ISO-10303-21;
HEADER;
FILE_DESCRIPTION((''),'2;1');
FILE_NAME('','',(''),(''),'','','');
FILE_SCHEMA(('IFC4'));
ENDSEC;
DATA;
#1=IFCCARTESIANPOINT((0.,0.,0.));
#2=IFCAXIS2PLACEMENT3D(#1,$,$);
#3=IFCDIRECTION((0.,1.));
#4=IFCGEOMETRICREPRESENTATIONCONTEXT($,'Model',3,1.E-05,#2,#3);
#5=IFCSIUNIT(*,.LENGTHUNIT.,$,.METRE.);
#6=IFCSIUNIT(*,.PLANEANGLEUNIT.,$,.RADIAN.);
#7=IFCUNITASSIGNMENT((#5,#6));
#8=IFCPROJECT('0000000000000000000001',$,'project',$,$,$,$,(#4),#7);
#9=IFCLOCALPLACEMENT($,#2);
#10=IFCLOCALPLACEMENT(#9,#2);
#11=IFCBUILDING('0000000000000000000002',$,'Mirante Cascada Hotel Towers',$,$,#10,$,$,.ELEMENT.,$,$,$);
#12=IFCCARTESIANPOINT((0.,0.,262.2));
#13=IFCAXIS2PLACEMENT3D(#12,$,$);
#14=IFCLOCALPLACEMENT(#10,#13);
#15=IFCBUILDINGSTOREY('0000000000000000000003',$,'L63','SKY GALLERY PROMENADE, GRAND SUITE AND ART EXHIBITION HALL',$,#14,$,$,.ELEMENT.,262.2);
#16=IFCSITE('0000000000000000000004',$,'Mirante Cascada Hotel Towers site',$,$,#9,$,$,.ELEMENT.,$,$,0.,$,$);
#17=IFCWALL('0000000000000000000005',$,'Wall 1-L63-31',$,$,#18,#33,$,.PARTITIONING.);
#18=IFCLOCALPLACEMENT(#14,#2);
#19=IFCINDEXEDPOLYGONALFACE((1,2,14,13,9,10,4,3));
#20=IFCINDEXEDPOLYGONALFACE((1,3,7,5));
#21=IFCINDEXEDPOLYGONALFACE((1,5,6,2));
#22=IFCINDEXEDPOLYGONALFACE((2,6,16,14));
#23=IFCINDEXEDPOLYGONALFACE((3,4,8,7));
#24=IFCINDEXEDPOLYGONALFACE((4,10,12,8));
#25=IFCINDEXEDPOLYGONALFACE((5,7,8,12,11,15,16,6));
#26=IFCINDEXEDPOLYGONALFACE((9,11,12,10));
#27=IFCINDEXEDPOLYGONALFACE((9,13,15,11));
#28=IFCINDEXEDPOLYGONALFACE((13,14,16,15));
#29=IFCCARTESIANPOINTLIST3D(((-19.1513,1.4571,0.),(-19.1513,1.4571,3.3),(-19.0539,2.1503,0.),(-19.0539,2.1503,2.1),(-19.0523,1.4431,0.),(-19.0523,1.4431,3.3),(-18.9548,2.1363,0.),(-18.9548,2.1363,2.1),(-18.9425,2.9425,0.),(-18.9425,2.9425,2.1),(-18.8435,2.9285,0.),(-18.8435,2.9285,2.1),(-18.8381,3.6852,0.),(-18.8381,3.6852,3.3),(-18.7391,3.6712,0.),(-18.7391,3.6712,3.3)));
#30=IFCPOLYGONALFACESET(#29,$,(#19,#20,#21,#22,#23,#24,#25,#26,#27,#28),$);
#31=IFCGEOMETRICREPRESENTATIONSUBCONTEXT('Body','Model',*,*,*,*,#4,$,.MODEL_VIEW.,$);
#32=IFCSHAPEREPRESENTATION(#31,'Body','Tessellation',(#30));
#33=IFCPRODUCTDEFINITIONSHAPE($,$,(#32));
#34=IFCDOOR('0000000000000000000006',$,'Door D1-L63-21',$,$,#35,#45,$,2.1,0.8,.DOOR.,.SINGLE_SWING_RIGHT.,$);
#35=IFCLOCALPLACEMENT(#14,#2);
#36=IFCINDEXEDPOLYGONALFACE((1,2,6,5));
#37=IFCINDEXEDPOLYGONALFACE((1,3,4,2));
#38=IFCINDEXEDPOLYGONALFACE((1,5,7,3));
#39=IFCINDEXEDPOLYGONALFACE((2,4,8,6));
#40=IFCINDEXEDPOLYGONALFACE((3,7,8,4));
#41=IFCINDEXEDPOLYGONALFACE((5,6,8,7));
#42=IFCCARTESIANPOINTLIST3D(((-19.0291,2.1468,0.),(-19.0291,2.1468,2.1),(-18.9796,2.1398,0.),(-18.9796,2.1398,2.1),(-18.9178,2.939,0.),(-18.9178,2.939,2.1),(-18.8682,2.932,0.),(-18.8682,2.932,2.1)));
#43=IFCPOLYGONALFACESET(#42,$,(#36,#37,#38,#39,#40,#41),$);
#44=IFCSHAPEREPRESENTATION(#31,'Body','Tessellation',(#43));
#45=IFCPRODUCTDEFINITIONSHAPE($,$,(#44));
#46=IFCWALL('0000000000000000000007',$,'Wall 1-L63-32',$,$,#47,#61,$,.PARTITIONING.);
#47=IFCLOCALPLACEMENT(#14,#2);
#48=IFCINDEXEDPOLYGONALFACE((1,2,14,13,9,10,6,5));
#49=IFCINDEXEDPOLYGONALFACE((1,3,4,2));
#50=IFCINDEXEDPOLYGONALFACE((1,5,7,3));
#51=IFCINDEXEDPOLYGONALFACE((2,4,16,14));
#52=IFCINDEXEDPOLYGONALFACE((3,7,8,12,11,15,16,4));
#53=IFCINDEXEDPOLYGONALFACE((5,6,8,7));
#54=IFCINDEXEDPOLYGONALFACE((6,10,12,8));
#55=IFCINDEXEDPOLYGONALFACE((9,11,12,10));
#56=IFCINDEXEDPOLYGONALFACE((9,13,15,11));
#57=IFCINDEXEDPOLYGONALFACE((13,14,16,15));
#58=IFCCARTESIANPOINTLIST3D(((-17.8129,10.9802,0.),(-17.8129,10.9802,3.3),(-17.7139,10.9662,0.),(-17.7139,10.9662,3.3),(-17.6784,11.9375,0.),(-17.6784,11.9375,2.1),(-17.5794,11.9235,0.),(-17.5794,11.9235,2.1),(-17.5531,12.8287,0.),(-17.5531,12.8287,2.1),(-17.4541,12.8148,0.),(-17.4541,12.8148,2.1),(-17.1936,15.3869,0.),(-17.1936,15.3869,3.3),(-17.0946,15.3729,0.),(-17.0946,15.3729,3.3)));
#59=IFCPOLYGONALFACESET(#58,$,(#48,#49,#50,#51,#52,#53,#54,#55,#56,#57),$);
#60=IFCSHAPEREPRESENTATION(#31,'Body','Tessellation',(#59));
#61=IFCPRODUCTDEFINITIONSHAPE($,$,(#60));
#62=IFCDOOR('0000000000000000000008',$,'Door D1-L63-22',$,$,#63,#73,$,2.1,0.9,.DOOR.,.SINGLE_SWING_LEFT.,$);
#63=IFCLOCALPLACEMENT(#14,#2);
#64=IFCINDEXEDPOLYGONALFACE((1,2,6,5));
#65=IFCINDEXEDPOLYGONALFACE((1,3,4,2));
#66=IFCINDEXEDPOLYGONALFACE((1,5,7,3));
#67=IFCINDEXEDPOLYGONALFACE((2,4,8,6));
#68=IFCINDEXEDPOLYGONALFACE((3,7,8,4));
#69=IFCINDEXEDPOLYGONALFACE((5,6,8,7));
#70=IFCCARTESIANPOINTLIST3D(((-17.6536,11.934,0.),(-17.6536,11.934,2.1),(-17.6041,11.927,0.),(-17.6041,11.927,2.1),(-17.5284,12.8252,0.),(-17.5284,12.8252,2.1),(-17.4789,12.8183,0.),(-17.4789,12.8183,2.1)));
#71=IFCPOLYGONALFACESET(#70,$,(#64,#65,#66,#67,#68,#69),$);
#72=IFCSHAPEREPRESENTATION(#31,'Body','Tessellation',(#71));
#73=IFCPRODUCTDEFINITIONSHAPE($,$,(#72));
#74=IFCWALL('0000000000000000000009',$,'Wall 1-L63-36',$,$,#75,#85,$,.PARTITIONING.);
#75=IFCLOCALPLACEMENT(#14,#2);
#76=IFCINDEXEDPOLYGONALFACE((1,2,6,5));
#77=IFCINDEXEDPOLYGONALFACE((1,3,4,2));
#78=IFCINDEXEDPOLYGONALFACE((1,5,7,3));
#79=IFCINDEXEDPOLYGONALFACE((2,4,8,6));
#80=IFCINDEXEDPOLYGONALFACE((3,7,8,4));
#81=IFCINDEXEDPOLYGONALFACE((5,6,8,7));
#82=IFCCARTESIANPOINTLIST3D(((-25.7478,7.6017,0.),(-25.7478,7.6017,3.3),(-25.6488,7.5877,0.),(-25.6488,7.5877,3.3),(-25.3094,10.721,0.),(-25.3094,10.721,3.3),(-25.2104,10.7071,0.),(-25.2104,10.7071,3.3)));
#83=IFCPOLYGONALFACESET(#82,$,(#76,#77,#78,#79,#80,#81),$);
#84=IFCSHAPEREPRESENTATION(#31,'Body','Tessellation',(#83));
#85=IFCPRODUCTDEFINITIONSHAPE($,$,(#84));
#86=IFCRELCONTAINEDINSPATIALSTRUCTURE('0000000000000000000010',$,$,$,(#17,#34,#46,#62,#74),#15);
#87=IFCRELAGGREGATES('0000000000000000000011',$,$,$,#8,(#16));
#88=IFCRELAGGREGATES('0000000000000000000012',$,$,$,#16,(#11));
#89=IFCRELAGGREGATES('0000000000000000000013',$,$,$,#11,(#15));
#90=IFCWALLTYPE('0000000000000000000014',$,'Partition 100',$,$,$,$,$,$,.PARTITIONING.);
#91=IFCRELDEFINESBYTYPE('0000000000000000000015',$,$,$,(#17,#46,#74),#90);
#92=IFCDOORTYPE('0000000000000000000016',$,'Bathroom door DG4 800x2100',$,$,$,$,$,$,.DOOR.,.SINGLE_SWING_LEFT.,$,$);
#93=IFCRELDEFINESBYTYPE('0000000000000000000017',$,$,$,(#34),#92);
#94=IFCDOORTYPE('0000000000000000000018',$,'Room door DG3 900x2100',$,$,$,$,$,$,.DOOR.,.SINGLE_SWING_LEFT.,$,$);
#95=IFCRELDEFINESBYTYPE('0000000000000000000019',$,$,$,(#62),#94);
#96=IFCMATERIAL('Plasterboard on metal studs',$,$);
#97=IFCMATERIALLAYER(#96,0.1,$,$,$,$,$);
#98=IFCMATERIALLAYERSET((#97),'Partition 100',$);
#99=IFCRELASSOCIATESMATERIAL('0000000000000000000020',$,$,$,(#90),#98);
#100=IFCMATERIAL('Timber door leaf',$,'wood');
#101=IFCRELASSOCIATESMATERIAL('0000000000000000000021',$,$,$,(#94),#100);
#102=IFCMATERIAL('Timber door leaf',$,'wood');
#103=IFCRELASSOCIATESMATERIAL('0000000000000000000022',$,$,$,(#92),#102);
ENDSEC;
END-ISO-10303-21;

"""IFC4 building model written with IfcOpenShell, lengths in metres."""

from ifc_helpers import new_model, si_unit, direction, frame, frame_2d, origin, place, context, subcontext, project, spatial, rectangle, extrude, material, layer, layer_set, type_object, element, fill, save


model = new_model("IFC4")

# Units and contexts
model_context = context("Model", 3, precision=1e-05, world=origin(), true_north=direction((0.0, 1.0)))
body_context = subcontext(model_context, "Body", "Model", "MODEL_VIEW")
ifc_project = project(units=[si_unit("LENGTHUNIT", "METRE"), si_unit("PLANEANGLEUNIT", "RADIAN")], contexts=[model_context])

# Site, building, storey
site_placement = place(None, origin())
site = spatial("IfcSite", under=ifc_project, at=site_placement, Name="Mirante Cascada Hotel Towers site", CompositionType="ELEMENT", RefElevation=0.0)
building_placement = place(site_placement, origin())
building = spatial("IfcBuilding", under=site, at=building_placement, Name="Mirante Cascada Hotel Towers", CompositionType="ELEMENT")
storey_placement = place(building_placement, frame((0.0, 0.0, 262.2)))
storey = spatial("IfcBuildingStorey", under=building, at=storey_placement, Name="L63", Description="SKY GALLERY PROMENADE, GRAND SUITE AND ART EXHIBITION HALL", CompositionType="ELEMENT", Elevation=262.2)

# Shared definitions
ifc_material_1 = material(Name="Plasterboard on metal studs")
ifc_layer_1 = layer(ifc_material_1, 0.1)
ifc_layer_set_1 = layer_set([ifc_layer_1], Name="Partition 100")
wall_type_1 = type_object("IfcWallType", Name="Partition 100", PredefinedType="PARTITIONING", material=ifc_layer_set_1)

# Shared definitions
ifc_material_2 = material(Name="Timber door leaf", Category="wood")
door_type_1 = type_object("IfcDoorType", Name="Room door DG3 900x2100", OperationType="SINGLE_SWING_LEFT", PredefinedType="DOOR", material=ifc_material_2)

# Shared definitions
ifc_material_3 = material(Name="Timber door leaf", Category="wood")
door_type_2 = type_object("IfcDoorType", Name="Bathroom door DG4 800x2100", OperationType="SINGLE_SWING_LEFT", PredefinedType="DOOR", material=ifc_material_3)

# Walls, openings, doors
wall_1_placement = place(storey_placement, frame((-18.7886, 3.6782, 0.0), z_axis=(0.0, 0.0, 1.0), x_axis=(-0.1392, -0.990264, 0.0)))
wall_1 = element("IfcWall", 1, at=wall_1_placement, inside=storey, type_object=wall_type_1, Name="Wall 1-L63-31", PredefinedType="PARTITIONING", context=body_context, shape_type="SweptSolid", body=[
    extrude(rectangle(XDim=2.25, YDim=0.1, at=frame_2d((1.125, 0.0))), origin(), (0.0, 0.0, 1.0), 3.3),
])
opening_1_placement = place(wall_1_placement, frame((0.75, 0.0, 0.0)))
opening_1 = element("IfcOpeningElement", 2, at=opening_1_placement, cuts=wall_1, PredefinedType="OPENING", context=body_context, shape_type="SweptSolid", body=[
    extrude(rectangle(XDim=0.8, YDim=2.1, at=frame_2d((0.4, 1.05))), frame((0.0, 0.05, 0.0), z_axis=(0.0, -1.0, 0.0), x_axis=(1.0, 0.0, 0.0)), (0.0, 0.0, 1.0), 0.1),
])
door_1_placement = place(opening_1_placement, frame((0.8, 0.0, 0.0), z_axis=(0.0, 0.0, 1.0), x_axis=(-1.0, 0.0, 0.0)))
door_1 = element("IfcDoor", 3, at=door_1_placement, inside=storey, type_object=door_type_2, Name="Door D1-L63-21", OperationType="SINGLE_SWING_RIGHT", OverallHeight=2.1, OverallWidth=0.8, PredefinedType="DOOR", context=body_context, shape_type="SweptSolid", body=[
    extrude(rectangle(XDim=0.8, YDim=2.1, at=frame_2d((0.4, 1.05))), frame((0.0, 0.025, 0.0), z_axis=(0.0, -1.0, 0.0), x_axis=(1.0, 0.0, 0.0)), (0.0, 0.0, 1.0), 0.05),
])
fill(opening_1, door_1)
wall_2_placement = place(storey_placement, frame((-17.7634, 10.9732, 0.0), z_axis=(0.0, 0.0, 1.0), x_axis=(0.139168, 0.990269, 0.0)))
wall_2 = element("IfcWall", 4, at=wall_2_placement, inside=storey, type_object=wall_type_1, Name="Wall 1-L63-32", PredefinedType="PARTITIONING", context=body_context, shape_type="SweptSolid", body=[
    extrude(rectangle(XDim=4.45, YDim=0.1, at=frame_2d((2.225, 0.0))), origin(), (0.0, 0.0, 1.0), 3.3),
])
opening_2_placement = place(wall_2_placement, frame((0.9667, 0.0, 0.0)))
opening_2 = element("IfcOpeningElement", 5, at=opening_2_placement, cuts=wall_2, PredefinedType="OPENING", context=body_context, shape_type="SweptSolid", body=[
    extrude(rectangle(XDim=0.9, YDim=2.1, at=frame_2d((0.45, 1.05))), frame((0.0, 0.05, 0.0), z_axis=(0.0, -1.0, 0.0), x_axis=(1.0, 0.0, 0.0)), (0.0, 0.0, 1.0), 0.1),
])
door_2_placement = place(opening_2_placement, origin())
door_2 = element("IfcDoor", 6, at=door_2_placement, inside=storey, type_object=door_type_1, Name="Door D1-L63-22", OperationType="SINGLE_SWING_LEFT", OverallHeight=2.1, OverallWidth=0.9, PredefinedType="DOOR", context=body_context, shape_type="SweptSolid", body=[
    extrude(rectangle(XDim=0.9, YDim=2.1, at=frame_2d((0.45, 1.05))), frame((0.0, 0.025, 0.0), z_axis=(0.0, -1.0, 0.0), x_axis=(1.0, 0.0, 0.0)), (0.0, 0.0, 1.0), 0.05),
])
fill(opening_2, door_2)

# Wall
wall_3_placement = place(storey_placement, frame((-25.6983, 7.5947, 0.0), z_axis=(0.0, 0.0, 1.0), x_axis=(0.139177, 0.990268, 0.0)))
element("IfcWall", 7, at=wall_3_placement, inside=storey, type_object=wall_type_1, Name="Wall 1-L63-36", PredefinedType="PARTITIONING", context=body_context, shape_type="SweptSolid", body=[
    extrude(rectangle(XDim=3.15, YDim=0.1, at=frame_2d((1.575, 0.0))), origin(), (0.0, 0.0, 1.0), 3.3),
])

save(model, "model.ifc")
